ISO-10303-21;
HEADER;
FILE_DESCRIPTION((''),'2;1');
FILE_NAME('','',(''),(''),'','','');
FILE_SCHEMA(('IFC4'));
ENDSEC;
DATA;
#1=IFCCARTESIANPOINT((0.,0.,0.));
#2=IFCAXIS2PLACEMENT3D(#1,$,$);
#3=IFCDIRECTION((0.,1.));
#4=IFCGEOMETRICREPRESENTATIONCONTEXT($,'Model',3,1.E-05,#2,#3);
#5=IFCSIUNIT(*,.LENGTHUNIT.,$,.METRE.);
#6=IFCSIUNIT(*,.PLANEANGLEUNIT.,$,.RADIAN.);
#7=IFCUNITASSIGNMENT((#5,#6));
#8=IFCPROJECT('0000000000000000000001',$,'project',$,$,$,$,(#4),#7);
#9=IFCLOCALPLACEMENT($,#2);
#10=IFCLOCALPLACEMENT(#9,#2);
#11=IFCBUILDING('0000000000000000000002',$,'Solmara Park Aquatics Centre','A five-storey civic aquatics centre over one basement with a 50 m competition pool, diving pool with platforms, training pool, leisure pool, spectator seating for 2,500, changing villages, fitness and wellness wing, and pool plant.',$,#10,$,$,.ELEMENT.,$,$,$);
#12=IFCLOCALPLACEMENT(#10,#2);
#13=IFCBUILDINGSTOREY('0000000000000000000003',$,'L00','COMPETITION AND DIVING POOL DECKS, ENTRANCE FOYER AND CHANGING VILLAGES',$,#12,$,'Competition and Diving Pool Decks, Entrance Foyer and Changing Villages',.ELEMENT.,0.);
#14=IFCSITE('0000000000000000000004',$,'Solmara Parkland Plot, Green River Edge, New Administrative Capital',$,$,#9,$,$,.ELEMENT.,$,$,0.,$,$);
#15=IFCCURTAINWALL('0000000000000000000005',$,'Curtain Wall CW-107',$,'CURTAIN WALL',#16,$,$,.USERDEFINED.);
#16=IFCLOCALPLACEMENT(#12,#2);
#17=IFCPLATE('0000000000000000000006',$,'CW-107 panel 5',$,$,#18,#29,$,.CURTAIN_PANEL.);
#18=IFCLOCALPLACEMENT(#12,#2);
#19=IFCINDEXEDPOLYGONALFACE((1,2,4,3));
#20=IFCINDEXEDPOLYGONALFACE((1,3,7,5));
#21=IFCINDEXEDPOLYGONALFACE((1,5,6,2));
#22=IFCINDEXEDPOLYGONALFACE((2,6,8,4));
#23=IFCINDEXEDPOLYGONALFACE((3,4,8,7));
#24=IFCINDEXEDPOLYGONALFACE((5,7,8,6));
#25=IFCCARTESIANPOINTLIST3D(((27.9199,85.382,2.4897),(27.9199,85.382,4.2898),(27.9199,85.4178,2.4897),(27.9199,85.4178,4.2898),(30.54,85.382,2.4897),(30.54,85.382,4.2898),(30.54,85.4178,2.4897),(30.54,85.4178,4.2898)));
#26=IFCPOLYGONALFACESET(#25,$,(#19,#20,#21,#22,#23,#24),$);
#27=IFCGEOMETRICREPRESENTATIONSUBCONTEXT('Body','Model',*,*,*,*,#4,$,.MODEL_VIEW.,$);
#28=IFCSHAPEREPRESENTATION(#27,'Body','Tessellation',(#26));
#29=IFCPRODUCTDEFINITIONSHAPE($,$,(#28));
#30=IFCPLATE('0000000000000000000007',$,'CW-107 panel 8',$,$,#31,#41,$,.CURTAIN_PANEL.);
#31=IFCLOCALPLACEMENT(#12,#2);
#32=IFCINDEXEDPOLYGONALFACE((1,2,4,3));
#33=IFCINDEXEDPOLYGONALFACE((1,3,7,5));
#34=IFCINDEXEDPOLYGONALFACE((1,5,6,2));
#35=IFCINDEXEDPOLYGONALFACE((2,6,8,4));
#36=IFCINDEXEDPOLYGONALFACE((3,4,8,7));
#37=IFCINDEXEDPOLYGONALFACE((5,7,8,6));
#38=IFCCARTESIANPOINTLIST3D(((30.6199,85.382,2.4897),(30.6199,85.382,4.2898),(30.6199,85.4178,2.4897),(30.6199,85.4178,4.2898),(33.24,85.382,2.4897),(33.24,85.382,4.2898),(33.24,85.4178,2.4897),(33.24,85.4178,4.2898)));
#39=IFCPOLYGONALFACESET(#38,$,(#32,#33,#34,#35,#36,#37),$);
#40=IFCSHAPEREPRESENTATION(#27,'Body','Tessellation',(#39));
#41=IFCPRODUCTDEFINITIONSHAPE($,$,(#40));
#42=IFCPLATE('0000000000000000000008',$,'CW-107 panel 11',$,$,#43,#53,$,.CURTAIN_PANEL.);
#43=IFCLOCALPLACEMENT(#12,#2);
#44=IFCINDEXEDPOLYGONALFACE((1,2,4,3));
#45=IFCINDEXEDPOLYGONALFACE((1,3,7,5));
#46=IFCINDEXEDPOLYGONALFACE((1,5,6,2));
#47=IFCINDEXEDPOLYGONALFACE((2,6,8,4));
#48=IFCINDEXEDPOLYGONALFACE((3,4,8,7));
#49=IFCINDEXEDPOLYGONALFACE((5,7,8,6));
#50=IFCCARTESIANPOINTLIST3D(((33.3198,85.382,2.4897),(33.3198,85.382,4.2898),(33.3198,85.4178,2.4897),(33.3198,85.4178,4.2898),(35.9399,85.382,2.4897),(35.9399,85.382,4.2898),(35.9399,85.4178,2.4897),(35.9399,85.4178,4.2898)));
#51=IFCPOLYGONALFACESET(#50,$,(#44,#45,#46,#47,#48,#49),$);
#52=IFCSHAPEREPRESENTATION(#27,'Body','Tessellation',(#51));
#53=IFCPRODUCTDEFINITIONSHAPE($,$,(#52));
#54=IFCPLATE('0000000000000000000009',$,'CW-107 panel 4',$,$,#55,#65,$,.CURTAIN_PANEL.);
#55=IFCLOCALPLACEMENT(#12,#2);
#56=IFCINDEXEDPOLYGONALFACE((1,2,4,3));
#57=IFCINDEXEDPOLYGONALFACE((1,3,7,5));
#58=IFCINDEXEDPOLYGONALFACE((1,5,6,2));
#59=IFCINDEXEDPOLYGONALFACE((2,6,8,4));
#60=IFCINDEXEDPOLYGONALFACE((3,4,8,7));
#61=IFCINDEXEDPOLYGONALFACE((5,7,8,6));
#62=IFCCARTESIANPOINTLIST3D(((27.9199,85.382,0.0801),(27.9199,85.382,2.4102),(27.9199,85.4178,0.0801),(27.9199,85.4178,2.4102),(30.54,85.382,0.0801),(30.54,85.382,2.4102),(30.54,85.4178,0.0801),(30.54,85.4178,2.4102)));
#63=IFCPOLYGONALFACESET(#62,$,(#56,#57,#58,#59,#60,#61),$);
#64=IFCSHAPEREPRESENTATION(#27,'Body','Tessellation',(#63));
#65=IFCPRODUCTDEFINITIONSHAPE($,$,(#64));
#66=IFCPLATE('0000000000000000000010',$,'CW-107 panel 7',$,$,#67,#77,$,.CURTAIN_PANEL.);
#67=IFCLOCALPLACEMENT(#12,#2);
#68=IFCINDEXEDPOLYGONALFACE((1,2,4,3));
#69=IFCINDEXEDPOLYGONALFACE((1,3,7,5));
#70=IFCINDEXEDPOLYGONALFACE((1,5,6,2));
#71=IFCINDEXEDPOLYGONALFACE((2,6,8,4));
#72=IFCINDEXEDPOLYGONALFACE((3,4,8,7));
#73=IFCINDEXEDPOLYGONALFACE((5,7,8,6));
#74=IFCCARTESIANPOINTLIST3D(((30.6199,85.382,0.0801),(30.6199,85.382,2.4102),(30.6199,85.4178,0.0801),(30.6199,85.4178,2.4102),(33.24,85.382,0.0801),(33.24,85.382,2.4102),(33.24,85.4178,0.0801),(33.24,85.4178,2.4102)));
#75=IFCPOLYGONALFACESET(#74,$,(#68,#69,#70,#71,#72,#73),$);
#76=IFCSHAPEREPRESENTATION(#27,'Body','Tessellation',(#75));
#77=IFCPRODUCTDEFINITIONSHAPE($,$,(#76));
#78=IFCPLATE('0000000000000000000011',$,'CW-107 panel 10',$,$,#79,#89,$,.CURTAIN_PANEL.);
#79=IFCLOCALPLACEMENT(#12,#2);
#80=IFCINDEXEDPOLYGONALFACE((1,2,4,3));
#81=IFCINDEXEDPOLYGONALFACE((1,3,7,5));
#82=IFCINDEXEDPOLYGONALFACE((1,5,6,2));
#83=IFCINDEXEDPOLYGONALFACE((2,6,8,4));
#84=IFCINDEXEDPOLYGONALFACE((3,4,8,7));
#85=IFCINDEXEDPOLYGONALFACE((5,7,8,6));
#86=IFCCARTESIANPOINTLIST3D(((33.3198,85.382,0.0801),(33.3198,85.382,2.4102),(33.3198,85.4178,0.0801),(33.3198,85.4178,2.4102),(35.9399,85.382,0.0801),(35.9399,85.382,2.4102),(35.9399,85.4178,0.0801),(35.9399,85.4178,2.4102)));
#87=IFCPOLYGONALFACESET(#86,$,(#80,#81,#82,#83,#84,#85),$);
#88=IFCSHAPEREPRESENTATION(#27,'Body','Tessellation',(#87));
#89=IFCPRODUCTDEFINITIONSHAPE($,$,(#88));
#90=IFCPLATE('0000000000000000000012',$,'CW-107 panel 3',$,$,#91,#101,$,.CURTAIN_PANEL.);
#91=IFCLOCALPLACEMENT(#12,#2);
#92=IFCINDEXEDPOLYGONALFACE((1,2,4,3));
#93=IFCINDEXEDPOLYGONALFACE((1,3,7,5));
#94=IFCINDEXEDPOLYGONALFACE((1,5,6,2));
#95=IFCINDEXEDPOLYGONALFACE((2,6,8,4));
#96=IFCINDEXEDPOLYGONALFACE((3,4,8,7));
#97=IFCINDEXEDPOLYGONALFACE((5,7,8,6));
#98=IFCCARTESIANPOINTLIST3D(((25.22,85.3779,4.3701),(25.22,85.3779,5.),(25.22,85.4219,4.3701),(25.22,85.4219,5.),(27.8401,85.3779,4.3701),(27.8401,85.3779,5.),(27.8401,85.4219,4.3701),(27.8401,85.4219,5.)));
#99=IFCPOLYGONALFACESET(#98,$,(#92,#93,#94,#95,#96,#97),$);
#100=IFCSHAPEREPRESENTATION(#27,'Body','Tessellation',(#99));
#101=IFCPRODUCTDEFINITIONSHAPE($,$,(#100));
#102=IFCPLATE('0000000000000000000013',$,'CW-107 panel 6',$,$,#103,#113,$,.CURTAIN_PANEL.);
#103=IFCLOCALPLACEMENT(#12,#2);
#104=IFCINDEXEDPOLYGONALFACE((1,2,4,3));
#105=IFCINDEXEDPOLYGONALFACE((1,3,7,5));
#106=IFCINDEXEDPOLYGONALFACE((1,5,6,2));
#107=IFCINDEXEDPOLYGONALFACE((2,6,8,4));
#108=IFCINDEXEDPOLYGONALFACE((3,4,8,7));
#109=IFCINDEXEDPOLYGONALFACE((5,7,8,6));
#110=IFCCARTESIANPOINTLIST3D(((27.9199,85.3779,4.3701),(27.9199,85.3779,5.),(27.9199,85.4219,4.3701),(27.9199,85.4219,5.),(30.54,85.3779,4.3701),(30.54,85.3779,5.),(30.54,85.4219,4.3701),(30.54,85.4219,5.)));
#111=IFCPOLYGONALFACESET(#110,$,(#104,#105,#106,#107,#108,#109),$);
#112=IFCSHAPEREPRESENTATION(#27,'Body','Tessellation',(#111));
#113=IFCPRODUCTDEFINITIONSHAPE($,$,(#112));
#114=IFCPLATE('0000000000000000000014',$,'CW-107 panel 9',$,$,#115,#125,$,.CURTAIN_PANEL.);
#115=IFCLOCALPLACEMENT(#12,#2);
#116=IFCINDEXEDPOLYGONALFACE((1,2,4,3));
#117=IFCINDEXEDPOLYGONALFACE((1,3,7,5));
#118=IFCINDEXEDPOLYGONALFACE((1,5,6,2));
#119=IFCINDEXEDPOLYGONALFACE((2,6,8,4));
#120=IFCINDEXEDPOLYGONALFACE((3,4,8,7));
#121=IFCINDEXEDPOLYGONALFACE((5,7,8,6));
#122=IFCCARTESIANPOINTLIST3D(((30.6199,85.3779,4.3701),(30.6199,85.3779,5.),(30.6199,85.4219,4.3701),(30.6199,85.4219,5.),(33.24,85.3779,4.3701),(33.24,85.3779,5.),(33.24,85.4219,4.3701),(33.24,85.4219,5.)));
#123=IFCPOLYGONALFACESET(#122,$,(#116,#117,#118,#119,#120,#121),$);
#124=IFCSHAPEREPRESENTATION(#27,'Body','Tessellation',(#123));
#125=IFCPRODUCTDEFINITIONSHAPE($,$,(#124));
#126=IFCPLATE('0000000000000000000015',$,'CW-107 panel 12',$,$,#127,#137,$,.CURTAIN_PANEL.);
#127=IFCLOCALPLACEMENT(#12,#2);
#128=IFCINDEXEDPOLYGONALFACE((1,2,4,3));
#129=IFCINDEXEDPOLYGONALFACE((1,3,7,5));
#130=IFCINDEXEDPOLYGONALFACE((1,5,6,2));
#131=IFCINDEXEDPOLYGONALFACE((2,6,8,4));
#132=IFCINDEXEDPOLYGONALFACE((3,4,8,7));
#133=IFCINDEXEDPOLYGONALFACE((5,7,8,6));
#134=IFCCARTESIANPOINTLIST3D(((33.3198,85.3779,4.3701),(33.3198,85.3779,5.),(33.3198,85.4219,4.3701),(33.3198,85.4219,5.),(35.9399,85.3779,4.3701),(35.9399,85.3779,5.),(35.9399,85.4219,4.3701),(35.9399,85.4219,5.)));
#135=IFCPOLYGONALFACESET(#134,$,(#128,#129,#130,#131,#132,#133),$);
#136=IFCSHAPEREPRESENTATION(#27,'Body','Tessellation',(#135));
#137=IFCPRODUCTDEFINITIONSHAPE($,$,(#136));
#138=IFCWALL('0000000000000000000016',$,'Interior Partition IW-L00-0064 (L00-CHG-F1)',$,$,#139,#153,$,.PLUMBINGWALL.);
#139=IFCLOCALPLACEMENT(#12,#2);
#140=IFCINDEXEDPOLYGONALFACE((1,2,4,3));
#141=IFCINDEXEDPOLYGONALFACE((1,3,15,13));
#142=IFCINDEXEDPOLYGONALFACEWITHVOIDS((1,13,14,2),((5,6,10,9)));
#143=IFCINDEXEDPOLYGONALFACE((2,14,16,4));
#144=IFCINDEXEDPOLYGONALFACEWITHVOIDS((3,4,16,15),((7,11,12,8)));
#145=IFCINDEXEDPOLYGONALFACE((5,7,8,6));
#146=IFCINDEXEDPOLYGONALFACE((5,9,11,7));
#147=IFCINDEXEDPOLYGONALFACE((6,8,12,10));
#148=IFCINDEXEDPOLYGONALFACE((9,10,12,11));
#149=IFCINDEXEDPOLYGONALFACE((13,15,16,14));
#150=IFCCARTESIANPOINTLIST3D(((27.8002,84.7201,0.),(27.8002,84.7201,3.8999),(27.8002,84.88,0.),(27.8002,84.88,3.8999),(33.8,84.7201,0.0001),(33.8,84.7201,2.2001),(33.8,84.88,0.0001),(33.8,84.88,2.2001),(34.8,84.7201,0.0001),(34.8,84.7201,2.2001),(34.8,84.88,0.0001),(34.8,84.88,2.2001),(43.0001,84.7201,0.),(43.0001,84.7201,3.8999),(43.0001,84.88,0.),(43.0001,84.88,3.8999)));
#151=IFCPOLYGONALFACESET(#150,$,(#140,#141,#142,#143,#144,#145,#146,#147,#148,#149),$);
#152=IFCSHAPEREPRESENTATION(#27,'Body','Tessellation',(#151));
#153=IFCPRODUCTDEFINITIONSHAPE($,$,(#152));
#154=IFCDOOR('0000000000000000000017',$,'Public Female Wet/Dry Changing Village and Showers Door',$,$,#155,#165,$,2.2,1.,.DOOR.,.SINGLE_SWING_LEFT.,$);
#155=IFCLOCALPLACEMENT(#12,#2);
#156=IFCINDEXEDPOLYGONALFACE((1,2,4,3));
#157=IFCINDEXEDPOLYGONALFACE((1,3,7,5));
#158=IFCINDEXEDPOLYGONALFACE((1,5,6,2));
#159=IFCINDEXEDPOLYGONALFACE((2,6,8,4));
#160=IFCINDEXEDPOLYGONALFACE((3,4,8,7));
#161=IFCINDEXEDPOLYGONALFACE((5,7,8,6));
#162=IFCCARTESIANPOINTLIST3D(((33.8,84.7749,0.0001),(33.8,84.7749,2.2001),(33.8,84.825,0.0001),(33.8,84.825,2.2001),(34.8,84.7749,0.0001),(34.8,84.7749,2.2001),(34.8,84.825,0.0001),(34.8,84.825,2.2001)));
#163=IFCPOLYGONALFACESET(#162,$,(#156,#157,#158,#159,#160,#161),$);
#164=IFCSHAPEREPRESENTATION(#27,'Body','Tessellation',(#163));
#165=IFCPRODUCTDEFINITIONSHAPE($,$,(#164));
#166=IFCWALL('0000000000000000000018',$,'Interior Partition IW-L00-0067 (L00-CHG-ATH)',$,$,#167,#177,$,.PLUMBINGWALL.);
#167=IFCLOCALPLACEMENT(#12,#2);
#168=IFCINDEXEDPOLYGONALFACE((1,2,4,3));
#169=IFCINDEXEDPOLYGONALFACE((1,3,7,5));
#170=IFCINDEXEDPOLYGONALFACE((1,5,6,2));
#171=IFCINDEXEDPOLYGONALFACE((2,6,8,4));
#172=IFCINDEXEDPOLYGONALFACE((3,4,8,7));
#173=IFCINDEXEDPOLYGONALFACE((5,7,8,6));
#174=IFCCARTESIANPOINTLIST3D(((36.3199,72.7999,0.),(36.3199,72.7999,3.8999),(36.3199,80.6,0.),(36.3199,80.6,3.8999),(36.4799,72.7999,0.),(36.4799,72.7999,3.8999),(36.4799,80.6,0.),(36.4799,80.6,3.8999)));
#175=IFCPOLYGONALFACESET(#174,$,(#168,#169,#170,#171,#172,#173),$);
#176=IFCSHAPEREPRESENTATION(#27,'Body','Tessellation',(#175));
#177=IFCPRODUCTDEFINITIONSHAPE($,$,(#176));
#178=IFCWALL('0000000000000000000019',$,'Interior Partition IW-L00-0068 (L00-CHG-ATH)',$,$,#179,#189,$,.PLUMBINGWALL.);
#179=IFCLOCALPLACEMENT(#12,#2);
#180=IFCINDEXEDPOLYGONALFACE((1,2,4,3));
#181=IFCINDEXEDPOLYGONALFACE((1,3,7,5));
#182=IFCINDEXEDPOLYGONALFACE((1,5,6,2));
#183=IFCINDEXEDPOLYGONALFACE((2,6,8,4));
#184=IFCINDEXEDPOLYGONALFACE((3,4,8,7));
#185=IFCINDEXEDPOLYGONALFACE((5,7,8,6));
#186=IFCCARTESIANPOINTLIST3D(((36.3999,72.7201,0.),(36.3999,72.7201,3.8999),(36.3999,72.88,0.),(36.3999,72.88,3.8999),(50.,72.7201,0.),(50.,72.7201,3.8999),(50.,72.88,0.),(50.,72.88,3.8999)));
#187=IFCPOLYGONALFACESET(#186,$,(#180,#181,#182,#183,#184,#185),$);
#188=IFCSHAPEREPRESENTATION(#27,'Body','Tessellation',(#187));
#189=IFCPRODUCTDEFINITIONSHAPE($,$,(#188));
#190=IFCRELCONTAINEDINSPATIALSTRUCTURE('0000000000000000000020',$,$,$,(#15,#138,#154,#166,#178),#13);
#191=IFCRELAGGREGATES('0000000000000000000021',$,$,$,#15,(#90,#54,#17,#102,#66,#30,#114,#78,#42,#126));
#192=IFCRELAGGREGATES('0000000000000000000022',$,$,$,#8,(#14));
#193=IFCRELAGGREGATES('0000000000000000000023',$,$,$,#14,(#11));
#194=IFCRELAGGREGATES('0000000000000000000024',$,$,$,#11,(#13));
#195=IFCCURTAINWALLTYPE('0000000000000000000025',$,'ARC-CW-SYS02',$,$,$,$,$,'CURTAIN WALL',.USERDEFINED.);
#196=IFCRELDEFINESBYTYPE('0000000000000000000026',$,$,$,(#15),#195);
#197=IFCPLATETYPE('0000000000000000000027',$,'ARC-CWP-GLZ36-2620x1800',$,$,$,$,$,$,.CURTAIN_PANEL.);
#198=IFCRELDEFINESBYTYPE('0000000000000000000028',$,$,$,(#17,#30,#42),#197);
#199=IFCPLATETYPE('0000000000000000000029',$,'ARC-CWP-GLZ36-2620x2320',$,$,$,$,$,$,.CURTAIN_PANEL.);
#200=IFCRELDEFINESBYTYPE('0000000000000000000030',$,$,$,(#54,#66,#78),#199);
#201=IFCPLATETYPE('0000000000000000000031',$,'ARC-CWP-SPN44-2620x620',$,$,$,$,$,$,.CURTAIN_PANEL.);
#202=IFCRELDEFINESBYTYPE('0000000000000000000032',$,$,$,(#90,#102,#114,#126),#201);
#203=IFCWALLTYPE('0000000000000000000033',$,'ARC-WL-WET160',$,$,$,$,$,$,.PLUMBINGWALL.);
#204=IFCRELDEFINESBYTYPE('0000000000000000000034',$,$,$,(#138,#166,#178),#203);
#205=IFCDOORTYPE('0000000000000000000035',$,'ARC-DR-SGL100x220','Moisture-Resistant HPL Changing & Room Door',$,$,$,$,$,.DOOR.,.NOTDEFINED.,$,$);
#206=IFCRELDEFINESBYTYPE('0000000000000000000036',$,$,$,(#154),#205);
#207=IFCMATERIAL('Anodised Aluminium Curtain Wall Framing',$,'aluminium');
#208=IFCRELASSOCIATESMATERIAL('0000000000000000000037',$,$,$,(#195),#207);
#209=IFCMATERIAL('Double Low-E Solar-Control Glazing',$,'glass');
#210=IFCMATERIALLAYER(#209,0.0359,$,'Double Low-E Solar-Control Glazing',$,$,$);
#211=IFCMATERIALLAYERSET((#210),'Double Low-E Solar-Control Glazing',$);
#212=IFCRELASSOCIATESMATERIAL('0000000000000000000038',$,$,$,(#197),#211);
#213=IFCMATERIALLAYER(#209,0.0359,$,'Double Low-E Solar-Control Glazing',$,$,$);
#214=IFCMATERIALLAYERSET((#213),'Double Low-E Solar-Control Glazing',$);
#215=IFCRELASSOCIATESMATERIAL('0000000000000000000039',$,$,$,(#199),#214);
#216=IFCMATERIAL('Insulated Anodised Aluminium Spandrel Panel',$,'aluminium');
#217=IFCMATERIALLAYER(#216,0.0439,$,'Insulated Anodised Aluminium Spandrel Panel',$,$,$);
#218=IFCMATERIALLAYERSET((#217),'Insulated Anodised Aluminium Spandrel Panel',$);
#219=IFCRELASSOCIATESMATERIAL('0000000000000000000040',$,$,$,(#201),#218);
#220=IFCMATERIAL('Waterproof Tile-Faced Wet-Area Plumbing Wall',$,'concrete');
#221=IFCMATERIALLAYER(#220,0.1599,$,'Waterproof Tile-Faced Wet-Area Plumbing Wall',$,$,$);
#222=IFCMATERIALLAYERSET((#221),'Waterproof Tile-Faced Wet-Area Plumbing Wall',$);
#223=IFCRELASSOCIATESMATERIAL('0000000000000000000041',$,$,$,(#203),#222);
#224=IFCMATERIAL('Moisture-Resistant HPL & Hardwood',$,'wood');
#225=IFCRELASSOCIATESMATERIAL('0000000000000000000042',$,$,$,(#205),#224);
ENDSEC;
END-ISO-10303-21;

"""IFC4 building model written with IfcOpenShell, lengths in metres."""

from ifc_helpers import new_model, si_unit, direction, frame, frame_2d, origin, origin_2d, place, context, subcontext, project, spatial, rectangle, extrude, material, layer, layer_set, type_object, element, fill, aggregate, save


model = new_model("IFC4")

# Units and contexts
model_context = context("Model", 3, precision=1e-05, world=origin(), true_north=direction((0.0, 1.0)))
body_context = subcontext(model_context, "Body", "Model", "MODEL_VIEW")
ifc_project = project(units=[si_unit("LENGTHUNIT", "METRE"), si_unit("PLANEANGLEUNIT", "RADIAN")], contexts=[model_context])

# Site, building, storey
site_placement = place(None, origin())
site = spatial("IfcSite", under=ifc_project, at=site_placement, Name="Solmara Parkland Plot, Green River Edge, New Administrative Capital", CompositionType="ELEMENT", RefElevation=0.0)
building_placement = place(site_placement, origin())
building = spatial("IfcBuilding", under=site, at=building_placement, Name="Solmara Park Aquatics Centre", Description="A five-storey civic aquatics centre over one basement with a 50 m competition pool, diving pool with platforms, training pool, leisure pool, spectator seating for 2,500, changing villages, fitness and wellness wing, and pool plant.", CompositionType="ELEMENT")
storey_placement = place(building_placement, origin())
storey = spatial("IfcBuildingStorey", under=building, at=storey_placement, Name="L00", Description="COMPETITION AND DIVING POOL DECKS, ENTRANCE FOYER AND CHANGING VILLAGES", LongName="Competition and Diving Pool Decks, Entrance Foyer and Changing Villages", CompositionType="ELEMENT", Elevation=0.0)

# Curtain wall
ifc_material_1 = material(Name="Anodised Aluminium Curtain Wall Framing", Category="aluminium")
curtain_wall_type = type_object("IfcCurtainWallType", Name="ARC-CW-SYS02", ElementType="CURTAIN WALL", PredefinedType="USERDEFINED", material=ifc_material_1)
curtain_wall_1_placement = place(storey_placement, origin())
curtain_wall_1 = element("IfcCurtainWall", 1, at=curtain_wall_1_placement, inside=storey, type_object=curtain_wall_type, Name="Curtain Wall CW-107", ObjectType="CURTAIN WALL", PredefinedType="USERDEFINED")

# Plates
ifc_material_2 = material(Name="Double Low-E Solar-Control Glazing", Category="glass")
ifc_layer_1 = layer(ifc_material_2, 0.0359, Name="Double Low-E Solar-Control Glazing")
ifc_layer_set_1 = layer_set([ifc_layer_1], Name="Double Low-E Solar-Control Glazing")
plate_type_1 = type_object("IfcPlateType", Name="ARC-CWP-GLZ36-2620x1800", PredefinedType="CURTAIN_PANEL", material=ifc_layer_set_1)
plate_1_placement = place(storey_placement, frame((29.23, 85.3999, 2.4897), z_axis=(0.0, 0.0, 1.0), x_axis=(1.0, 0.0, 0.0)))
plate_1 = element("IfcPlate", 2, at=plate_1_placement, type_object=plate_type_1, Name="CW-107 panel 5", PredefinedType="CURTAIN_PANEL", context=body_context, shape_type="SweptSolid", body=[
    extrude(rectangle(XDim=2.6201, YDim=0.0359, at=origin_2d()), origin(), (0.0, 0.0, 1.0), 1.8),
])
plate_2_placement = place(storey_placement, frame((31.9299, 85.3999, 2.4897), z_axis=(0.0, 0.0, 1.0), x_axis=(1.0, 0.0, 0.0)))
plate_2 = element("IfcPlate", 3, at=plate_2_placement, type_object=plate_type_1, Name="CW-107 panel 8", PredefinedType="CURTAIN_PANEL", context=body_context, shape_type="SweptSolid", body=[
    extrude(rectangle(XDim=2.6201, YDim=0.0359, at=origin_2d()), origin(), (0.0, 0.0, 1.0), 1.8),
])
plate_3_placement = place(storey_placement, frame((34.6299, 85.3999, 2.4897), z_axis=(0.0, 0.0, 1.0), x_axis=(1.0, 0.0, 0.0)))
plate_3 = element("IfcPlate", 4, at=plate_3_placement, type_object=plate_type_1, Name="CW-107 panel 11", PredefinedType="CURTAIN_PANEL", context=body_context, shape_type="SweptSolid", body=[
    extrude(rectangle(XDim=2.6201, YDim=0.0359, at=origin_2d()), origin(), (0.0, 0.0, 1.0), 1.8),
])
ifc_layer_2 = layer(ifc_material_2, 0.0359, Name="Double Low-E Solar-Control Glazing")
ifc_layer_set_2 = layer_set([ifc_layer_2], Name="Double Low-E Solar-Control Glazing")
plate_type_2 = type_object("IfcPlateType", Name="ARC-CWP-GLZ36-2620x2320", PredefinedType="CURTAIN_PANEL", material=ifc_layer_set_2)
plate_4_placement = place(storey_placement, frame((29.23, 85.3999, 0.0801), z_axis=(0.0, 0.0, 1.0), x_axis=(1.0, 0.0, 0.0)))
plate_4 = element("IfcPlate", 5, at=plate_4_placement, type_object=plate_type_2, Name="CW-107 panel 4", PredefinedType="CURTAIN_PANEL", context=body_context, shape_type="SweptSolid", body=[
    extrude(rectangle(XDim=2.6201, YDim=0.0359, at=origin_2d()), origin(), (0.0, 0.0, 1.0), 2.3301),
])
plate_5_placement = place(storey_placement, frame((31.9299, 85.3999, 0.0801), z_axis=(0.0, 0.0, 1.0), x_axis=(1.0, 0.0, 0.0)))
plate_5 = element("IfcPlate", 6, at=plate_5_placement, type_object=plate_type_2, Name="CW-107 panel 7", PredefinedType="CURTAIN_PANEL", context=body_context, shape_type="SweptSolid", body=[
    extrude(rectangle(XDim=2.6201, YDim=0.0359, at=origin_2d()), origin(), (0.0, 0.0, 1.0), 2.3301),
])
plate_6_placement = place(storey_placement, frame((34.6299, 85.3999, 0.0801), z_axis=(0.0, 0.0, 1.0), x_axis=(1.0, 0.0, 0.0)))
plate_6 = element("IfcPlate", 7, at=plate_6_placement, type_object=plate_type_2, Name="CW-107 panel 10", PredefinedType="CURTAIN_PANEL", context=body_context, shape_type="SweptSolid", body=[
    extrude(rectangle(XDim=2.6201, YDim=0.0359, at=origin_2d()), origin(), (0.0, 0.0, 1.0), 2.3301),
])
ifc_material_3 = material(Name="Insulated Anodised Aluminium Spandrel Panel", Category="aluminium")
ifc_layer_3 = layer(ifc_material_3, 0.0439, Name="Insulated Anodised Aluminium Spandrel Panel")
ifc_layer_set_3 = layer_set([ifc_layer_3], Name="Insulated Anodised Aluminium Spandrel Panel")
plate_type_3 = type_object("IfcPlateType", Name="ARC-CWP-SPN44-2620x620", PredefinedType="CURTAIN_PANEL", material=ifc_layer_set_3)
plate_7_placement = place(storey_placement, frame((26.53, 85.3999, 4.3701), z_axis=(0.0, 0.0, 1.0), x_axis=(1.0, 0.0, 0.0)))
plate_7 = element("IfcPlate", 8, at=plate_7_placement, type_object=plate_type_3, Name="CW-107 panel 3", PredefinedType="CURTAIN_PANEL", context=body_context, shape_type="SweptSolid", body=[
    extrude(rectangle(XDim=2.6201, YDim=0.0439, at=origin_2d()), origin(), (0.0, 0.0, 1.0), 0.6299),
])
plate_8_placement = place(storey_placement, frame((29.23, 85.3999, 4.3701), z_axis=(0.0, 0.0, 1.0), x_axis=(1.0, 0.0, 0.0)))
plate_8 = element("IfcPlate", 9, at=plate_8_placement, type_object=plate_type_3, Name="CW-107 panel 6", PredefinedType="CURTAIN_PANEL", context=body_context, shape_type="SweptSolid", body=[
    extrude(rectangle(XDim=2.6201, YDim=0.0439, at=origin_2d()), origin(), (0.0, 0.0, 1.0), 0.6299),
])
plate_9_placement = place(storey_placement, frame((31.9299, 85.3999, 4.3701), z_axis=(0.0, 0.0, 1.0), x_axis=(1.0, 0.0, 0.0)))
plate_9 = element("IfcPlate", 10, at=plate_9_placement, type_object=plate_type_3, Name="CW-107 panel 9", PredefinedType="CURTAIN_PANEL", context=body_context, shape_type="SweptSolid", body=[
    extrude(rectangle(XDim=2.6201, YDim=0.0439, at=origin_2d()), origin(), (0.0, 0.0, 1.0), 0.6299),
])
plate_10_placement = place(storey_placement, frame((34.6299, 85.3999, 4.3701), z_axis=(0.0, 0.0, 1.0), x_axis=(1.0, 0.0, 0.0)))
plate_10 = element("IfcPlate", 11, at=plate_10_placement, type_object=plate_type_3, Name="CW-107 panel 12", PredefinedType="CURTAIN_PANEL", context=body_context, shape_type="SweptSolid", body=[
    extrude(rectangle(XDim=2.6201, YDim=0.0439, at=origin_2d()), origin(), (0.0, 0.0, 1.0), 0.6299),
])
aggregate(curtain_wall_1, [plate_7, plate_4, plate_1, plate_8, plate_5, plate_2, plate_9, plate_6, plate_3, plate_10])

# Wall, opening, door
ifc_material_4 = material(Name="Waterproof Tile-Faced Wet-Area Plumbing Wall", Category="concrete")
ifc_layer_4 = layer(ifc_material_4, 0.1599, Name="Waterproof Tile-Faced Wet-Area Plumbing Wall")
ifc_layer_set_4 = layer_set([ifc_layer_4], Name="Waterproof Tile-Faced Wet-Area Plumbing Wall")
wall_type = type_object("IfcWallType", Name="ARC-WL-WET160", PredefinedType="PLUMBINGWALL", material=ifc_layer_set_4)
wall_1_placement = place(storey_placement, frame((27.8, 84.8, 0.0), z_axis=(0.0, 0.0, 1.0), x_axis=(1.0, 0.0, 0.0)))
wall_1 = element("IfcWall", 12, at=wall_1_placement, inside=storey, type_object=wall_type, Name="Interior Partition IW-L00-0064 (L00-CHG-F1)", PredefinedType="PLUMBINGWALL", context=body_context, shape_type="SweptSolid", body=[
    extrude(rectangle(XDim=15.2, YDim=0.1599, at=frame_2d((7.6001, 0.0))), origin(), (0.0, 0.0, 1.0), 3.8999),
])
opening_1_placement = place(wall_1_placement, frame((6.0, 0.0, 0.0)))
opening_1 = element("IfcOpeningElement", 13, at=opening_1_placement, cuts=wall_1, PredefinedType="OPENING", context=body_context, shape_type="SweptSolid", body=[
    extrude(rectangle(XDim=1.0, YDim=2.2, at=frame_2d((0.5, 1.1001))), frame((0.0, 0.0898, 0.0), z_axis=(0.0, -1.0, 0.0), x_axis=(1.0, 0.0, 0.0)), (0.0, 0.0, 1.0), 0.1799),
])
ifc_material_5 = material(Name="Moisture-Resistant HPL & Hardwood", Category="wood")
door_type = type_object("IfcDoorType", Name="ARC-DR-SGL100x220", Description="Moisture-Resistant HPL Changing & Room Door", OperationType="NOTDEFINED", PredefinedType="DOOR", material=ifc_material_5)
door_1_placement = place(opening_1_placement, origin())
door_1 = element("IfcDoor", 14, at=door_1_placement, inside=storey, type_object=door_type, Name="Public Female Wet/Dry Changing Village and Showers Door", OperationType="SINGLE_SWING_LEFT", OverallHeight=2.2, OverallWidth=1.0, PredefinedType="DOOR", context=body_context, shape_type="SweptSolid", body=[
    extrude(rectangle(XDim=1.0, YDim=2.2, at=frame_2d((0.5, 1.1001))), frame((0.0, 0.0249, 0.0), z_axis=(0.0, -1.0, 0.0), x_axis=(1.0, 0.0, 0.0)), (0.0, 0.0, 1.0), 0.05),
])
fill(opening_1, door_1)

# Walls
wall_2_placement = place(storey_placement, frame((36.3999, 72.8, 0.0), z_axis=(0.0, 0.0, 1.0), x_axis=(0.0, 1.0, 0.0)))
element("IfcWall", 15, at=wall_2_placement, inside=storey, type_object=wall_type, Name="Interior Partition IW-L00-0067 (L00-CHG-ATH)", PredefinedType="PLUMBINGWALL", context=body_context, shape_type="SweptSolid", body=[
    extrude(rectangle(XDim=7.8, YDim=0.1599, at=frame_2d((3.8999, 0.0))), origin(), (0.0, 0.0, 1.0), 3.8999),
])
wall_3_placement = place(storey_placement, frame((36.3999, 72.8, 0.0), z_axis=(0.0, 0.0, 1.0), x_axis=(1.0, 0.0, 0.0)))
element("IfcWall", 16, at=wall_3_placement, inside=storey, type_object=wall_type, Name="Interior Partition IW-L00-0068 (L00-CHG-ATH)", PredefinedType="PLUMBINGWALL", context=body_context, shape_type="SweptSolid", body=[
    extrude(rectangle(XDim=13.6001, YDim=0.1599, at=frame_2d((6.8, 0.0))), origin(), (0.0, 0.0, 1.0), 3.8999),
])

save(model, "model.ifc")
